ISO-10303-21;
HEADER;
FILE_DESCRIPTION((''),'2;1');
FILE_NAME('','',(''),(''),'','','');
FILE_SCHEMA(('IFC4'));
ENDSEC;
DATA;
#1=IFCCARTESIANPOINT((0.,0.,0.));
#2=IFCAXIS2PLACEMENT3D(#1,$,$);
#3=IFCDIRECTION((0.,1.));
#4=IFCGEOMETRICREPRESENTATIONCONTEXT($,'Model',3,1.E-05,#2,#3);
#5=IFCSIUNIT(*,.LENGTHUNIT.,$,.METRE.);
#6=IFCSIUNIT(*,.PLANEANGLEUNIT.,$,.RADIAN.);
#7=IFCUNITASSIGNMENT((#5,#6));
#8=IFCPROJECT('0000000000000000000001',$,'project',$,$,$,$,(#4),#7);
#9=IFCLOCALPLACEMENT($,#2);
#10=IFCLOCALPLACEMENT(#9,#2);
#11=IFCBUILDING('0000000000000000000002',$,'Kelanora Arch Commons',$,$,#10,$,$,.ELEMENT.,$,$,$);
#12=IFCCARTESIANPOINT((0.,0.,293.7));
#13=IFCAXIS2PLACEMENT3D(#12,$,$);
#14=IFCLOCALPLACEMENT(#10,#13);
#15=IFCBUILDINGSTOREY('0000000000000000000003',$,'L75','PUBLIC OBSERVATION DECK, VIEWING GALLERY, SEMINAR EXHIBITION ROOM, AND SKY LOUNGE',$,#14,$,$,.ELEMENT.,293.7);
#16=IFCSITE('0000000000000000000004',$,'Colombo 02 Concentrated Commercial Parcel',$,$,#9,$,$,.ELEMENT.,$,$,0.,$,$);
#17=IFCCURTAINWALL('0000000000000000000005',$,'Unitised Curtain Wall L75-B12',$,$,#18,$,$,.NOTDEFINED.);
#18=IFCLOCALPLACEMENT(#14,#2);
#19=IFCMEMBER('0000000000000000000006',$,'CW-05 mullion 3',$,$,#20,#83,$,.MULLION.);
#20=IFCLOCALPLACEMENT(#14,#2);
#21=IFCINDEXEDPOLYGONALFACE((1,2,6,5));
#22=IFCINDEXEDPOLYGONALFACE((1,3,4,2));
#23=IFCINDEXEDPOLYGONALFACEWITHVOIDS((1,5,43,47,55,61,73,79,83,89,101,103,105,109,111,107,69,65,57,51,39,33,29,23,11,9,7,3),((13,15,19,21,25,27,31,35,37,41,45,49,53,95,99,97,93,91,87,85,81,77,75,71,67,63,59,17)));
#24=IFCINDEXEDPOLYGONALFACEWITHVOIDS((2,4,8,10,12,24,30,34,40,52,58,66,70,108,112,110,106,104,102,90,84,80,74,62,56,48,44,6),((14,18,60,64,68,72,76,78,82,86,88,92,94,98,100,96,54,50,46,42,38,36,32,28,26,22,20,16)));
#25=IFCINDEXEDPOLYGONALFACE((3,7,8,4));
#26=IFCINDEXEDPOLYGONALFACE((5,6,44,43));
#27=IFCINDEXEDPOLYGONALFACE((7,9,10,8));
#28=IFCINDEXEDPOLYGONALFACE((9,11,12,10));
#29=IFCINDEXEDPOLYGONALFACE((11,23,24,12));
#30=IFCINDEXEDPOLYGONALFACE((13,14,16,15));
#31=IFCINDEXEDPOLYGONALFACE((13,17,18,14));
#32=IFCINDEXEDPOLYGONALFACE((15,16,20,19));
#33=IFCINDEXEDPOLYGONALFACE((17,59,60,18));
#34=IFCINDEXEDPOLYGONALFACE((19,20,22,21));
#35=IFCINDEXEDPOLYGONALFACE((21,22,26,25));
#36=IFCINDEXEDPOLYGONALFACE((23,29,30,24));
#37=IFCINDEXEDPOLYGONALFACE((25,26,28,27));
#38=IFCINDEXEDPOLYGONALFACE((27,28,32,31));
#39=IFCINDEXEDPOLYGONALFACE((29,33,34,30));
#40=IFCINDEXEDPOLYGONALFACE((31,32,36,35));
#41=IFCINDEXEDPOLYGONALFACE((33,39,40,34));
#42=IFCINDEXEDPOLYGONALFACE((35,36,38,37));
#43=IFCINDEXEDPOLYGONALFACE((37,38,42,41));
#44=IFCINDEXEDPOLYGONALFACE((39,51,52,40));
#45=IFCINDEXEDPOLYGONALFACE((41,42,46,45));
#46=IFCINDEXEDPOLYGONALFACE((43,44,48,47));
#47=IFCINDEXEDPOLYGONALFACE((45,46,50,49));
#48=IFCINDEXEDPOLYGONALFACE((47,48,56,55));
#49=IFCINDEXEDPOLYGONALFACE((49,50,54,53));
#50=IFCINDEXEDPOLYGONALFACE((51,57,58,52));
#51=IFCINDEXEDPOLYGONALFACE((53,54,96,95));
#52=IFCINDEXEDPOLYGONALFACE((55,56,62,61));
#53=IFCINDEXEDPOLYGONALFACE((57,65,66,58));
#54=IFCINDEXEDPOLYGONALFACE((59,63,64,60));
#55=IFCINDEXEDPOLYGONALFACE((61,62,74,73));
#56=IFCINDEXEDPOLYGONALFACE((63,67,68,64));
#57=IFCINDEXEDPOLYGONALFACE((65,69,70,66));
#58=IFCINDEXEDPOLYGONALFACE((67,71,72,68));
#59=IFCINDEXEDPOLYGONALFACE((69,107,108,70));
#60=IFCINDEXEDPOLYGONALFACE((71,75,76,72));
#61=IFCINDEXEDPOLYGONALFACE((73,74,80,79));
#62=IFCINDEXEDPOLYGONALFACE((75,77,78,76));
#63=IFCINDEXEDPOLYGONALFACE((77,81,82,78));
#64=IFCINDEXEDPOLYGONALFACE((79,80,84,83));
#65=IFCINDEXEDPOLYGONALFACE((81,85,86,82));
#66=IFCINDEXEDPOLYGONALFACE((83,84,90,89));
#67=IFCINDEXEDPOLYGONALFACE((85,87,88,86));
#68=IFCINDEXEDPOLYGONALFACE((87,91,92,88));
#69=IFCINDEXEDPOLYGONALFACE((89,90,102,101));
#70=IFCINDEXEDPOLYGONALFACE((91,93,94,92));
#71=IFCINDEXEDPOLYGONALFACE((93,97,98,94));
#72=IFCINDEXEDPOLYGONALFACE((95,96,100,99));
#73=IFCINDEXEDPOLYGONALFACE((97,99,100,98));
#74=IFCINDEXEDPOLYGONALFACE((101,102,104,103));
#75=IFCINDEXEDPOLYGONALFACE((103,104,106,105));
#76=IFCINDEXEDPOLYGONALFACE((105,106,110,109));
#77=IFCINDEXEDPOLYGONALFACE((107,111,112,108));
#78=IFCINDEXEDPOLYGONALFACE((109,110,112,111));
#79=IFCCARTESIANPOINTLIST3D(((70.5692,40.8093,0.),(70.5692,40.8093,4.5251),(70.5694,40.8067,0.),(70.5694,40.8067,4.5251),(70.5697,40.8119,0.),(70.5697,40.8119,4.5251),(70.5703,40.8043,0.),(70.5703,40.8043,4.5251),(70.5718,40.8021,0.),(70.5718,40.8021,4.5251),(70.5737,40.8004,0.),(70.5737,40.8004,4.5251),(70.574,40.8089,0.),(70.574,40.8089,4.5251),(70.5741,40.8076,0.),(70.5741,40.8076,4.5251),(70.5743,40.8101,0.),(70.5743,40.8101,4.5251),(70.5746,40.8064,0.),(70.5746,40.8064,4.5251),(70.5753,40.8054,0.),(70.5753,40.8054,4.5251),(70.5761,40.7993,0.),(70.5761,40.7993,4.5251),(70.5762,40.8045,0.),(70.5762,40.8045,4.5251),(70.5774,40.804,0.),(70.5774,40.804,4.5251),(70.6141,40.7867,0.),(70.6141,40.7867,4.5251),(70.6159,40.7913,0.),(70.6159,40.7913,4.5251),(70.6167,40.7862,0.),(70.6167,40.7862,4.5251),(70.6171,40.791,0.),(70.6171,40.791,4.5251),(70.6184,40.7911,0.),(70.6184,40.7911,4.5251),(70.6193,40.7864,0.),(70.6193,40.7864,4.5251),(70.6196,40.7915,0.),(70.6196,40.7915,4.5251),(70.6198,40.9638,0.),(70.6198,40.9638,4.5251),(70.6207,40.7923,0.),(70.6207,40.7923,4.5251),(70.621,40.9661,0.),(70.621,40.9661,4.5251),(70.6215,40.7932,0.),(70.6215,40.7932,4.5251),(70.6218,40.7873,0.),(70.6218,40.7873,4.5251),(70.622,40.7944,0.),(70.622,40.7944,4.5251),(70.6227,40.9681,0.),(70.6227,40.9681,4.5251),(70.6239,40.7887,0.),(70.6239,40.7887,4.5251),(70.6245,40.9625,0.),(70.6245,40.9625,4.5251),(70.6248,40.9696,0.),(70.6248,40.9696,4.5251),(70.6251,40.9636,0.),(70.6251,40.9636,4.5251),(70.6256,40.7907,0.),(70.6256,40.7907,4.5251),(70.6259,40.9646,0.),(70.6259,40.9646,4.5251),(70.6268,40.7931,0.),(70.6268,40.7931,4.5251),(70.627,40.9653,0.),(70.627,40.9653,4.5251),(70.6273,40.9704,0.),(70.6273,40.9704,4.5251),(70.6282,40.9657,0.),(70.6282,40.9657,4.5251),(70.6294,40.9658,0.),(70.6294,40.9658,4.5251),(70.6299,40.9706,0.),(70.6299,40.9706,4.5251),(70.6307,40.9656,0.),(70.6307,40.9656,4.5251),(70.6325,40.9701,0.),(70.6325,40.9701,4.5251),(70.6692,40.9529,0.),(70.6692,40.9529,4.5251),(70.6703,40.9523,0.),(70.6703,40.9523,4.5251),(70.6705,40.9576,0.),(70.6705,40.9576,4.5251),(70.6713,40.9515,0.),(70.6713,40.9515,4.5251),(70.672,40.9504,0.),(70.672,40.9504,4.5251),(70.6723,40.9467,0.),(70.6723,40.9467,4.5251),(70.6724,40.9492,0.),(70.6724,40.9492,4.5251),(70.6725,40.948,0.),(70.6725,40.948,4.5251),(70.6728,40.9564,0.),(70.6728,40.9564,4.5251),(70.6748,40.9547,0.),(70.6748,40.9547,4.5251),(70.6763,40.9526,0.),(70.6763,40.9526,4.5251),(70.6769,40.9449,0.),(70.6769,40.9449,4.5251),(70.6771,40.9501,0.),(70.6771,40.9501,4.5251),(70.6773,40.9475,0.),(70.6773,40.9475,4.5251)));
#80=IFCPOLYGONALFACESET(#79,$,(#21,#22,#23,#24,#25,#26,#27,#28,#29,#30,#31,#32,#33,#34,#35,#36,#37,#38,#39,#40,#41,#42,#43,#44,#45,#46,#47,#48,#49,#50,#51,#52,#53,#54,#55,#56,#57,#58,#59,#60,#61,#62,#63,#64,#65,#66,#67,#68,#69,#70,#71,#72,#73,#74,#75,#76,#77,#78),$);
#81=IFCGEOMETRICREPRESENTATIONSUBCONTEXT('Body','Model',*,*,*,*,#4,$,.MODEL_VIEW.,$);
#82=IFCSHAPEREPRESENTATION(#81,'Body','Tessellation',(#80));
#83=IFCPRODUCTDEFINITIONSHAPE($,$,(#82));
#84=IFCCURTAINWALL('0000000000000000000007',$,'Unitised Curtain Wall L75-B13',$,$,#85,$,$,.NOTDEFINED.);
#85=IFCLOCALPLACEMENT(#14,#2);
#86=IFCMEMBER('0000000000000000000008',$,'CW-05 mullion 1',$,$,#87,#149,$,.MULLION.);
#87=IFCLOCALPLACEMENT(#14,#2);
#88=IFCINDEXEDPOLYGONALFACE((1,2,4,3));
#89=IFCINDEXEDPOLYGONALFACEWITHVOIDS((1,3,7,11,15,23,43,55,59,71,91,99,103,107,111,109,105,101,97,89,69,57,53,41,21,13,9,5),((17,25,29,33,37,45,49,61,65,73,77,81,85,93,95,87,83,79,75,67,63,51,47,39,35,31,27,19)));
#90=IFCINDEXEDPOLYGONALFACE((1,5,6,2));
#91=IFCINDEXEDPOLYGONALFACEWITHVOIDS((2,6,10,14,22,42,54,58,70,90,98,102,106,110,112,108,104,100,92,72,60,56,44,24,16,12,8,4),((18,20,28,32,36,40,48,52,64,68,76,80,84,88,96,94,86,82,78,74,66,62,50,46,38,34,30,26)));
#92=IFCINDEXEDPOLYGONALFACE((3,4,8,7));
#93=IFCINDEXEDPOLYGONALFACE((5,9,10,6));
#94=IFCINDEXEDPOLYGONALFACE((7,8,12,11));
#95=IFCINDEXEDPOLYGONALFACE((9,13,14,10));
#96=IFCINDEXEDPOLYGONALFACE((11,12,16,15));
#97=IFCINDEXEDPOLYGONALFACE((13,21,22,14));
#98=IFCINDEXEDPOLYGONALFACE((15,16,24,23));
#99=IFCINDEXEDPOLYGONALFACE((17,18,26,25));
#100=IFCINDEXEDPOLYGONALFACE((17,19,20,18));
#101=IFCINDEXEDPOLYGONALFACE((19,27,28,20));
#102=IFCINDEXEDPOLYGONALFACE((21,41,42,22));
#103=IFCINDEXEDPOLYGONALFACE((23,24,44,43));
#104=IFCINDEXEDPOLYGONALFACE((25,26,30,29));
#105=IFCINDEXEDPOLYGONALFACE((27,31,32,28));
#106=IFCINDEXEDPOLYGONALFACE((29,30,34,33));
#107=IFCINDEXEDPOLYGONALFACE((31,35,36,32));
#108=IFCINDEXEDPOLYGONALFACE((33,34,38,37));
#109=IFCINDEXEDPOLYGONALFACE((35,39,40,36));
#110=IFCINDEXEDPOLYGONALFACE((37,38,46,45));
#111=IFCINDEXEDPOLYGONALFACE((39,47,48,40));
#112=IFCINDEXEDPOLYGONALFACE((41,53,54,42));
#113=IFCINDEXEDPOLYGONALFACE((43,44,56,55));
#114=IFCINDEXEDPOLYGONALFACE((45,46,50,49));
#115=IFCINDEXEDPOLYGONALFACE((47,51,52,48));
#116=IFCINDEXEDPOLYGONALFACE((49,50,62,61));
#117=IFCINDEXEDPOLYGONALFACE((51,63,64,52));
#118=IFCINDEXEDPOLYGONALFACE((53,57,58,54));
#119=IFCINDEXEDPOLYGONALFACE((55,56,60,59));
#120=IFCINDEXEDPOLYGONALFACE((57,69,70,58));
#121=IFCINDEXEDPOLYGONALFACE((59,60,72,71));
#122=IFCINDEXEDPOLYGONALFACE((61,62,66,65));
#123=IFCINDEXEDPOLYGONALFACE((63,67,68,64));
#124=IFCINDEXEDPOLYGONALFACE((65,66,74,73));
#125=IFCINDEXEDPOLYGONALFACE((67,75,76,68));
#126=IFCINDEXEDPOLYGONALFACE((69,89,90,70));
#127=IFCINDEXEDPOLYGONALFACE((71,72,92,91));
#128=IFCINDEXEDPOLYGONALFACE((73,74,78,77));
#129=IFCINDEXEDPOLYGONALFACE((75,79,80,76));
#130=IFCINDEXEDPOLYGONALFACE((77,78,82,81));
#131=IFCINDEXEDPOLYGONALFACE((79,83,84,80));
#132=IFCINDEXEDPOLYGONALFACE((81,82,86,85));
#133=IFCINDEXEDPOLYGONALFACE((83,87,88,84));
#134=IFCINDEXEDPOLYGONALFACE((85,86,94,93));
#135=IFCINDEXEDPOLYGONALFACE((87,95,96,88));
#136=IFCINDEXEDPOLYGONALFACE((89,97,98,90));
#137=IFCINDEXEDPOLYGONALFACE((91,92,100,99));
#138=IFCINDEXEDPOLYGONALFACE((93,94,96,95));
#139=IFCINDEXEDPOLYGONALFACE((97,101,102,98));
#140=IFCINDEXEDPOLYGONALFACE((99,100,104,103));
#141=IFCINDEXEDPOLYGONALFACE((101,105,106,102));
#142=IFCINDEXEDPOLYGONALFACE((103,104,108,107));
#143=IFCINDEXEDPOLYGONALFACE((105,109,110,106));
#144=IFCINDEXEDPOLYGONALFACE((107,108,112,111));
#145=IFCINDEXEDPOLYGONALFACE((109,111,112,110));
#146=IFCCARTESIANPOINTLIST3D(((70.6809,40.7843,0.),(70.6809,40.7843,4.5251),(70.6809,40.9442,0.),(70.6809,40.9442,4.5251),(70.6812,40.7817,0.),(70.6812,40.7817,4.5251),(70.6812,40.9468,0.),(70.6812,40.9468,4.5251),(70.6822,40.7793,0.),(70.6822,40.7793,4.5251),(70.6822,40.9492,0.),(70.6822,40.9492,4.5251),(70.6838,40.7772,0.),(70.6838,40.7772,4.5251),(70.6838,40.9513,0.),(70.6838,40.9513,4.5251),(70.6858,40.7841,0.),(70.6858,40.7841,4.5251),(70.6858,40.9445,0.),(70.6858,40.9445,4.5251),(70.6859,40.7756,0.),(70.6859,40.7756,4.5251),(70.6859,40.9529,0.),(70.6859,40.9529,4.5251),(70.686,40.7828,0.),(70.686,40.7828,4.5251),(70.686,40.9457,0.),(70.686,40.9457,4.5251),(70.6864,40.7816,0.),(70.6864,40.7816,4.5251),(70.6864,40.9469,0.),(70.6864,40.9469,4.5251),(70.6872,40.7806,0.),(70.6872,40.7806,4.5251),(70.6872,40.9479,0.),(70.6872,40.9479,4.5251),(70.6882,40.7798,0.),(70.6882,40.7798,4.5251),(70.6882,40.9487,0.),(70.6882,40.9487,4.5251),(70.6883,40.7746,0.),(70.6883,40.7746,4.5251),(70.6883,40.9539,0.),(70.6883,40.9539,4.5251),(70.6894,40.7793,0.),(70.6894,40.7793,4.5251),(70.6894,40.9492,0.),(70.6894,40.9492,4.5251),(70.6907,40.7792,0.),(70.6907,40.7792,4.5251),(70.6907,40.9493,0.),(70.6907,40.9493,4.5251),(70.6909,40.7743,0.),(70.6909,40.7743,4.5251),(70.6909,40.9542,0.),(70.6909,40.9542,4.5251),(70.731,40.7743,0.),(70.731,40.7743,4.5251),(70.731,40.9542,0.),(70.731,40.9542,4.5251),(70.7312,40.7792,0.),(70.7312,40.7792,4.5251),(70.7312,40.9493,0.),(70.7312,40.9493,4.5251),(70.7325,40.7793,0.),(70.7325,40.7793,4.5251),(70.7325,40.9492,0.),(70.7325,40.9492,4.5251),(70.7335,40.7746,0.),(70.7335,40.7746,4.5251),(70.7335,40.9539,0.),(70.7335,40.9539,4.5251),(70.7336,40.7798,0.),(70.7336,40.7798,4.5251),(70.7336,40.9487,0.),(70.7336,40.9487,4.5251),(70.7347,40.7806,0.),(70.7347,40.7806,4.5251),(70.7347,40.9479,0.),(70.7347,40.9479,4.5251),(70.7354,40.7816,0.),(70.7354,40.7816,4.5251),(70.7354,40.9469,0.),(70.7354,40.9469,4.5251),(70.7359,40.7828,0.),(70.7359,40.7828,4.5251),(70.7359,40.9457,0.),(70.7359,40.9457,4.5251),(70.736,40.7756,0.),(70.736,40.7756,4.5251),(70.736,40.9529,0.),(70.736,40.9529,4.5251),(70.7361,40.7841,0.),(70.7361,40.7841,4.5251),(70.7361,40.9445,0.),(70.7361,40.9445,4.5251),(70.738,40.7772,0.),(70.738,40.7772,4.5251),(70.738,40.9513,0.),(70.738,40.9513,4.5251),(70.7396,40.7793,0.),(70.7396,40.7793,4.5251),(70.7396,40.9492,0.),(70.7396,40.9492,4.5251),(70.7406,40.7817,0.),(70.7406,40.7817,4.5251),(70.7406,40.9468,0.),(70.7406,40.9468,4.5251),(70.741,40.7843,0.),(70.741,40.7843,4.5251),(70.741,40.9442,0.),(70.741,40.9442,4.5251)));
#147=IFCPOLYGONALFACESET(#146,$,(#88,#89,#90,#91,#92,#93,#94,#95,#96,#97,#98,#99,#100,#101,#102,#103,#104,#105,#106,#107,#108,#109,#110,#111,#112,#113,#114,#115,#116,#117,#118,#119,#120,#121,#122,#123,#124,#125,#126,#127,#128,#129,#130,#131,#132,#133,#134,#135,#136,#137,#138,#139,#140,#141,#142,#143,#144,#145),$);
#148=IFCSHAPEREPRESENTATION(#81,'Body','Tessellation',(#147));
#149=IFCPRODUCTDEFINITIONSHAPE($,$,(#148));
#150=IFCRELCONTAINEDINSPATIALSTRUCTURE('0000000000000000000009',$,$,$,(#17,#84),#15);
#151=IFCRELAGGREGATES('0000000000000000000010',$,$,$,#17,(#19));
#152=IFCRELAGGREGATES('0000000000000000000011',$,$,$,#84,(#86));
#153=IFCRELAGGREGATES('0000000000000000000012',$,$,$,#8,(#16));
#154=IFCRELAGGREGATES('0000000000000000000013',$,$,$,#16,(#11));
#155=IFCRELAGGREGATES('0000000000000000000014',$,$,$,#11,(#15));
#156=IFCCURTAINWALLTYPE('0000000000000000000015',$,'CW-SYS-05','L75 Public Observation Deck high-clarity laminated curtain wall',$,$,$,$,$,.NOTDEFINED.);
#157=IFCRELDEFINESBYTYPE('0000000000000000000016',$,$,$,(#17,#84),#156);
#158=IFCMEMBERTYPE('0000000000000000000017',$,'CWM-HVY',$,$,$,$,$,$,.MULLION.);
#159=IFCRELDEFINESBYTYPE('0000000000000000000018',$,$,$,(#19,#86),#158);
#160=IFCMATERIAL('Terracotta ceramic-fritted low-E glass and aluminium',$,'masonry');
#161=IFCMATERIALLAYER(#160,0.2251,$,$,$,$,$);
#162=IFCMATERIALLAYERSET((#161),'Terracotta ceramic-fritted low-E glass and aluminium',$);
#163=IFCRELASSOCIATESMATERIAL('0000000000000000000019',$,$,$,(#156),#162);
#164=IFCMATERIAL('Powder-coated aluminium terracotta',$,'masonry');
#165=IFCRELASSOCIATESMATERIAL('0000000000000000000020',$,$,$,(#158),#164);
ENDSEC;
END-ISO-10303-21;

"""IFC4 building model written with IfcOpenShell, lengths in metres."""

from ifc_helpers import new_model, si_unit, direction, frame, origin, origin_2d, place, context, subcontext, project, spatial, hollow_rectangle, extrude, material, layer, layer_set, material_profile, profile_set, type_object, element, aggregate, save


model = new_model("IFC4")

# Units and contexts
model_context = context("Model", 3, precision=1e-05, world=origin(), true_north=direction((0.0, 1.0)))
body_context = subcontext(model_context, "Body", "Model", "MODEL_VIEW")
ifc_project = project(units=[si_unit("LENGTHUNIT", "METRE"), si_unit("PLANEANGLEUNIT", "RADIAN")], contexts=[model_context])

# Site, building, storey
site_placement = place(None, origin())
site = spatial("IfcSite", under=ifc_project, at=site_placement, Name="Colombo 02 Concentrated Commercial Parcel", CompositionType="ELEMENT", RefElevation=0.0)
building_placement = place(site_placement, origin())
building = spatial("IfcBuilding", under=site, at=building_placement, Name="Kelanora Arch Commons", CompositionType="ELEMENT")
storey_placement = place(building_placement, frame((0.0, 0.0, 293.7)))
storey = spatial("IfcBuildingStorey", under=building, at=storey_placement, Name="L75", Description="PUBLIC OBSERVATION DECK, VIEWING GALLERY, SEMINAR EXHIBITION ROOM, AND SKY LOUNGE", CompositionType="ELEMENT", Elevation=293.7)

# Curtain wall, member
ifc_material_1 = material(Name="Terracotta ceramic-fritted low-E glass and aluminium", Category="masonry")
ifc_layer_1 = layer(ifc_material_1, 0.2251)
ifc_layer_set_1 = layer_set([ifc_layer_1], Name="Terracotta ceramic-fritted low-E glass and aluminium")
curtain_wall_type = type_object("IfcCurtainWallType", Name="CW-SYS-05", Description="L75 Public Observation Deck high-clarity laminated curtain wall", PredefinedType="NOTDEFINED", material=ifc_layer_set_1)
curtain_wall_1_placement = place(storey_placement, origin())
curtain_wall_1 = element("IfcCurtainWall", 1, at=curtain_wall_1_placement, inside=storey, type_object=curtain_wall_type, Name="Unitised Curtain Wall L75-B12", PredefinedType="NOTDEFINED")
ifc_material_2 = material(Name="Powder-coated aluminium terracotta", Category="masonry")
ifc_material_profile_1 = material_profile(ifc_material_2, hollow_rectangle(XDim=0.1799, YDim=0.0601, WallThickness=0.0049, InnerFilletRadius=0.0049, OuterFilletRadius=0.01, at=origin_2d()), Name="CWM180x60")
ifc_profile_set_1 = profile_set([ifc_material_profile_1], Name="Powder-coated aluminium terracotta")
member_type_1 = type_object("IfcMemberType", Name="CWM-HVY", PredefinedType="MULLION", material=ifc_profile_set_1)
member_1_placement = place(storey_placement, frame((70.6233, 40.8784, 0.0), z_axis=(0.0, 0.0, 1.0), x_axis=(0.313253, 0.94967, 0.0)))
member_1 = element("IfcMember", 2, at=member_1_placement, type_object=member_type_1, Name="CW-05 mullion 3", PredefinedType="MULLION", context=body_context, shape_type="SweptSolid", body=[
    extrude(hollow_rectangle(XDim=0.1799, YDim=0.0601, WallThickness=0.0049, InnerFilletRadius=0.0049, OuterFilletRadius=0.01, at=origin_2d()), origin(), (0.0, 0.0, 1.0), 4.5251),
])

# Curtain wall, member
curtain_wall_2_placement = place(storey_placement, origin())
curtain_wall_2 = element("IfcCurtainWall", 3, at=curtain_wall_2_placement, inside=storey, type_object=curtain_wall_type, Name="Unitised Curtain Wall L75-B13", PredefinedType="NOTDEFINED")
member_2_placement = place(storey_placement, frame((70.7109, 40.8643, 0.0), z_axis=(0.0, 0.0, 1.0), x_axis=(0.0, 1.0, 0.0)))
member_2 = element("IfcMember", 4, at=member_2_placement, type_object=member_type_1, Name="CW-05 mullion 1", PredefinedType="MULLION", context=body_context, shape_type="SweptSolid", body=[
    extrude(hollow_rectangle(XDim=0.1799, YDim=0.0601, WallThickness=0.0049, InnerFilletRadius=0.0049, OuterFilletRadius=0.01, at=origin_2d()), origin(), (0.0, 0.0, 1.0), 4.5251),
])

aggregate(curtain_wall_1, [member_1])
aggregate(curtain_wall_2, [member_2])

save(model, "model.ifc")
